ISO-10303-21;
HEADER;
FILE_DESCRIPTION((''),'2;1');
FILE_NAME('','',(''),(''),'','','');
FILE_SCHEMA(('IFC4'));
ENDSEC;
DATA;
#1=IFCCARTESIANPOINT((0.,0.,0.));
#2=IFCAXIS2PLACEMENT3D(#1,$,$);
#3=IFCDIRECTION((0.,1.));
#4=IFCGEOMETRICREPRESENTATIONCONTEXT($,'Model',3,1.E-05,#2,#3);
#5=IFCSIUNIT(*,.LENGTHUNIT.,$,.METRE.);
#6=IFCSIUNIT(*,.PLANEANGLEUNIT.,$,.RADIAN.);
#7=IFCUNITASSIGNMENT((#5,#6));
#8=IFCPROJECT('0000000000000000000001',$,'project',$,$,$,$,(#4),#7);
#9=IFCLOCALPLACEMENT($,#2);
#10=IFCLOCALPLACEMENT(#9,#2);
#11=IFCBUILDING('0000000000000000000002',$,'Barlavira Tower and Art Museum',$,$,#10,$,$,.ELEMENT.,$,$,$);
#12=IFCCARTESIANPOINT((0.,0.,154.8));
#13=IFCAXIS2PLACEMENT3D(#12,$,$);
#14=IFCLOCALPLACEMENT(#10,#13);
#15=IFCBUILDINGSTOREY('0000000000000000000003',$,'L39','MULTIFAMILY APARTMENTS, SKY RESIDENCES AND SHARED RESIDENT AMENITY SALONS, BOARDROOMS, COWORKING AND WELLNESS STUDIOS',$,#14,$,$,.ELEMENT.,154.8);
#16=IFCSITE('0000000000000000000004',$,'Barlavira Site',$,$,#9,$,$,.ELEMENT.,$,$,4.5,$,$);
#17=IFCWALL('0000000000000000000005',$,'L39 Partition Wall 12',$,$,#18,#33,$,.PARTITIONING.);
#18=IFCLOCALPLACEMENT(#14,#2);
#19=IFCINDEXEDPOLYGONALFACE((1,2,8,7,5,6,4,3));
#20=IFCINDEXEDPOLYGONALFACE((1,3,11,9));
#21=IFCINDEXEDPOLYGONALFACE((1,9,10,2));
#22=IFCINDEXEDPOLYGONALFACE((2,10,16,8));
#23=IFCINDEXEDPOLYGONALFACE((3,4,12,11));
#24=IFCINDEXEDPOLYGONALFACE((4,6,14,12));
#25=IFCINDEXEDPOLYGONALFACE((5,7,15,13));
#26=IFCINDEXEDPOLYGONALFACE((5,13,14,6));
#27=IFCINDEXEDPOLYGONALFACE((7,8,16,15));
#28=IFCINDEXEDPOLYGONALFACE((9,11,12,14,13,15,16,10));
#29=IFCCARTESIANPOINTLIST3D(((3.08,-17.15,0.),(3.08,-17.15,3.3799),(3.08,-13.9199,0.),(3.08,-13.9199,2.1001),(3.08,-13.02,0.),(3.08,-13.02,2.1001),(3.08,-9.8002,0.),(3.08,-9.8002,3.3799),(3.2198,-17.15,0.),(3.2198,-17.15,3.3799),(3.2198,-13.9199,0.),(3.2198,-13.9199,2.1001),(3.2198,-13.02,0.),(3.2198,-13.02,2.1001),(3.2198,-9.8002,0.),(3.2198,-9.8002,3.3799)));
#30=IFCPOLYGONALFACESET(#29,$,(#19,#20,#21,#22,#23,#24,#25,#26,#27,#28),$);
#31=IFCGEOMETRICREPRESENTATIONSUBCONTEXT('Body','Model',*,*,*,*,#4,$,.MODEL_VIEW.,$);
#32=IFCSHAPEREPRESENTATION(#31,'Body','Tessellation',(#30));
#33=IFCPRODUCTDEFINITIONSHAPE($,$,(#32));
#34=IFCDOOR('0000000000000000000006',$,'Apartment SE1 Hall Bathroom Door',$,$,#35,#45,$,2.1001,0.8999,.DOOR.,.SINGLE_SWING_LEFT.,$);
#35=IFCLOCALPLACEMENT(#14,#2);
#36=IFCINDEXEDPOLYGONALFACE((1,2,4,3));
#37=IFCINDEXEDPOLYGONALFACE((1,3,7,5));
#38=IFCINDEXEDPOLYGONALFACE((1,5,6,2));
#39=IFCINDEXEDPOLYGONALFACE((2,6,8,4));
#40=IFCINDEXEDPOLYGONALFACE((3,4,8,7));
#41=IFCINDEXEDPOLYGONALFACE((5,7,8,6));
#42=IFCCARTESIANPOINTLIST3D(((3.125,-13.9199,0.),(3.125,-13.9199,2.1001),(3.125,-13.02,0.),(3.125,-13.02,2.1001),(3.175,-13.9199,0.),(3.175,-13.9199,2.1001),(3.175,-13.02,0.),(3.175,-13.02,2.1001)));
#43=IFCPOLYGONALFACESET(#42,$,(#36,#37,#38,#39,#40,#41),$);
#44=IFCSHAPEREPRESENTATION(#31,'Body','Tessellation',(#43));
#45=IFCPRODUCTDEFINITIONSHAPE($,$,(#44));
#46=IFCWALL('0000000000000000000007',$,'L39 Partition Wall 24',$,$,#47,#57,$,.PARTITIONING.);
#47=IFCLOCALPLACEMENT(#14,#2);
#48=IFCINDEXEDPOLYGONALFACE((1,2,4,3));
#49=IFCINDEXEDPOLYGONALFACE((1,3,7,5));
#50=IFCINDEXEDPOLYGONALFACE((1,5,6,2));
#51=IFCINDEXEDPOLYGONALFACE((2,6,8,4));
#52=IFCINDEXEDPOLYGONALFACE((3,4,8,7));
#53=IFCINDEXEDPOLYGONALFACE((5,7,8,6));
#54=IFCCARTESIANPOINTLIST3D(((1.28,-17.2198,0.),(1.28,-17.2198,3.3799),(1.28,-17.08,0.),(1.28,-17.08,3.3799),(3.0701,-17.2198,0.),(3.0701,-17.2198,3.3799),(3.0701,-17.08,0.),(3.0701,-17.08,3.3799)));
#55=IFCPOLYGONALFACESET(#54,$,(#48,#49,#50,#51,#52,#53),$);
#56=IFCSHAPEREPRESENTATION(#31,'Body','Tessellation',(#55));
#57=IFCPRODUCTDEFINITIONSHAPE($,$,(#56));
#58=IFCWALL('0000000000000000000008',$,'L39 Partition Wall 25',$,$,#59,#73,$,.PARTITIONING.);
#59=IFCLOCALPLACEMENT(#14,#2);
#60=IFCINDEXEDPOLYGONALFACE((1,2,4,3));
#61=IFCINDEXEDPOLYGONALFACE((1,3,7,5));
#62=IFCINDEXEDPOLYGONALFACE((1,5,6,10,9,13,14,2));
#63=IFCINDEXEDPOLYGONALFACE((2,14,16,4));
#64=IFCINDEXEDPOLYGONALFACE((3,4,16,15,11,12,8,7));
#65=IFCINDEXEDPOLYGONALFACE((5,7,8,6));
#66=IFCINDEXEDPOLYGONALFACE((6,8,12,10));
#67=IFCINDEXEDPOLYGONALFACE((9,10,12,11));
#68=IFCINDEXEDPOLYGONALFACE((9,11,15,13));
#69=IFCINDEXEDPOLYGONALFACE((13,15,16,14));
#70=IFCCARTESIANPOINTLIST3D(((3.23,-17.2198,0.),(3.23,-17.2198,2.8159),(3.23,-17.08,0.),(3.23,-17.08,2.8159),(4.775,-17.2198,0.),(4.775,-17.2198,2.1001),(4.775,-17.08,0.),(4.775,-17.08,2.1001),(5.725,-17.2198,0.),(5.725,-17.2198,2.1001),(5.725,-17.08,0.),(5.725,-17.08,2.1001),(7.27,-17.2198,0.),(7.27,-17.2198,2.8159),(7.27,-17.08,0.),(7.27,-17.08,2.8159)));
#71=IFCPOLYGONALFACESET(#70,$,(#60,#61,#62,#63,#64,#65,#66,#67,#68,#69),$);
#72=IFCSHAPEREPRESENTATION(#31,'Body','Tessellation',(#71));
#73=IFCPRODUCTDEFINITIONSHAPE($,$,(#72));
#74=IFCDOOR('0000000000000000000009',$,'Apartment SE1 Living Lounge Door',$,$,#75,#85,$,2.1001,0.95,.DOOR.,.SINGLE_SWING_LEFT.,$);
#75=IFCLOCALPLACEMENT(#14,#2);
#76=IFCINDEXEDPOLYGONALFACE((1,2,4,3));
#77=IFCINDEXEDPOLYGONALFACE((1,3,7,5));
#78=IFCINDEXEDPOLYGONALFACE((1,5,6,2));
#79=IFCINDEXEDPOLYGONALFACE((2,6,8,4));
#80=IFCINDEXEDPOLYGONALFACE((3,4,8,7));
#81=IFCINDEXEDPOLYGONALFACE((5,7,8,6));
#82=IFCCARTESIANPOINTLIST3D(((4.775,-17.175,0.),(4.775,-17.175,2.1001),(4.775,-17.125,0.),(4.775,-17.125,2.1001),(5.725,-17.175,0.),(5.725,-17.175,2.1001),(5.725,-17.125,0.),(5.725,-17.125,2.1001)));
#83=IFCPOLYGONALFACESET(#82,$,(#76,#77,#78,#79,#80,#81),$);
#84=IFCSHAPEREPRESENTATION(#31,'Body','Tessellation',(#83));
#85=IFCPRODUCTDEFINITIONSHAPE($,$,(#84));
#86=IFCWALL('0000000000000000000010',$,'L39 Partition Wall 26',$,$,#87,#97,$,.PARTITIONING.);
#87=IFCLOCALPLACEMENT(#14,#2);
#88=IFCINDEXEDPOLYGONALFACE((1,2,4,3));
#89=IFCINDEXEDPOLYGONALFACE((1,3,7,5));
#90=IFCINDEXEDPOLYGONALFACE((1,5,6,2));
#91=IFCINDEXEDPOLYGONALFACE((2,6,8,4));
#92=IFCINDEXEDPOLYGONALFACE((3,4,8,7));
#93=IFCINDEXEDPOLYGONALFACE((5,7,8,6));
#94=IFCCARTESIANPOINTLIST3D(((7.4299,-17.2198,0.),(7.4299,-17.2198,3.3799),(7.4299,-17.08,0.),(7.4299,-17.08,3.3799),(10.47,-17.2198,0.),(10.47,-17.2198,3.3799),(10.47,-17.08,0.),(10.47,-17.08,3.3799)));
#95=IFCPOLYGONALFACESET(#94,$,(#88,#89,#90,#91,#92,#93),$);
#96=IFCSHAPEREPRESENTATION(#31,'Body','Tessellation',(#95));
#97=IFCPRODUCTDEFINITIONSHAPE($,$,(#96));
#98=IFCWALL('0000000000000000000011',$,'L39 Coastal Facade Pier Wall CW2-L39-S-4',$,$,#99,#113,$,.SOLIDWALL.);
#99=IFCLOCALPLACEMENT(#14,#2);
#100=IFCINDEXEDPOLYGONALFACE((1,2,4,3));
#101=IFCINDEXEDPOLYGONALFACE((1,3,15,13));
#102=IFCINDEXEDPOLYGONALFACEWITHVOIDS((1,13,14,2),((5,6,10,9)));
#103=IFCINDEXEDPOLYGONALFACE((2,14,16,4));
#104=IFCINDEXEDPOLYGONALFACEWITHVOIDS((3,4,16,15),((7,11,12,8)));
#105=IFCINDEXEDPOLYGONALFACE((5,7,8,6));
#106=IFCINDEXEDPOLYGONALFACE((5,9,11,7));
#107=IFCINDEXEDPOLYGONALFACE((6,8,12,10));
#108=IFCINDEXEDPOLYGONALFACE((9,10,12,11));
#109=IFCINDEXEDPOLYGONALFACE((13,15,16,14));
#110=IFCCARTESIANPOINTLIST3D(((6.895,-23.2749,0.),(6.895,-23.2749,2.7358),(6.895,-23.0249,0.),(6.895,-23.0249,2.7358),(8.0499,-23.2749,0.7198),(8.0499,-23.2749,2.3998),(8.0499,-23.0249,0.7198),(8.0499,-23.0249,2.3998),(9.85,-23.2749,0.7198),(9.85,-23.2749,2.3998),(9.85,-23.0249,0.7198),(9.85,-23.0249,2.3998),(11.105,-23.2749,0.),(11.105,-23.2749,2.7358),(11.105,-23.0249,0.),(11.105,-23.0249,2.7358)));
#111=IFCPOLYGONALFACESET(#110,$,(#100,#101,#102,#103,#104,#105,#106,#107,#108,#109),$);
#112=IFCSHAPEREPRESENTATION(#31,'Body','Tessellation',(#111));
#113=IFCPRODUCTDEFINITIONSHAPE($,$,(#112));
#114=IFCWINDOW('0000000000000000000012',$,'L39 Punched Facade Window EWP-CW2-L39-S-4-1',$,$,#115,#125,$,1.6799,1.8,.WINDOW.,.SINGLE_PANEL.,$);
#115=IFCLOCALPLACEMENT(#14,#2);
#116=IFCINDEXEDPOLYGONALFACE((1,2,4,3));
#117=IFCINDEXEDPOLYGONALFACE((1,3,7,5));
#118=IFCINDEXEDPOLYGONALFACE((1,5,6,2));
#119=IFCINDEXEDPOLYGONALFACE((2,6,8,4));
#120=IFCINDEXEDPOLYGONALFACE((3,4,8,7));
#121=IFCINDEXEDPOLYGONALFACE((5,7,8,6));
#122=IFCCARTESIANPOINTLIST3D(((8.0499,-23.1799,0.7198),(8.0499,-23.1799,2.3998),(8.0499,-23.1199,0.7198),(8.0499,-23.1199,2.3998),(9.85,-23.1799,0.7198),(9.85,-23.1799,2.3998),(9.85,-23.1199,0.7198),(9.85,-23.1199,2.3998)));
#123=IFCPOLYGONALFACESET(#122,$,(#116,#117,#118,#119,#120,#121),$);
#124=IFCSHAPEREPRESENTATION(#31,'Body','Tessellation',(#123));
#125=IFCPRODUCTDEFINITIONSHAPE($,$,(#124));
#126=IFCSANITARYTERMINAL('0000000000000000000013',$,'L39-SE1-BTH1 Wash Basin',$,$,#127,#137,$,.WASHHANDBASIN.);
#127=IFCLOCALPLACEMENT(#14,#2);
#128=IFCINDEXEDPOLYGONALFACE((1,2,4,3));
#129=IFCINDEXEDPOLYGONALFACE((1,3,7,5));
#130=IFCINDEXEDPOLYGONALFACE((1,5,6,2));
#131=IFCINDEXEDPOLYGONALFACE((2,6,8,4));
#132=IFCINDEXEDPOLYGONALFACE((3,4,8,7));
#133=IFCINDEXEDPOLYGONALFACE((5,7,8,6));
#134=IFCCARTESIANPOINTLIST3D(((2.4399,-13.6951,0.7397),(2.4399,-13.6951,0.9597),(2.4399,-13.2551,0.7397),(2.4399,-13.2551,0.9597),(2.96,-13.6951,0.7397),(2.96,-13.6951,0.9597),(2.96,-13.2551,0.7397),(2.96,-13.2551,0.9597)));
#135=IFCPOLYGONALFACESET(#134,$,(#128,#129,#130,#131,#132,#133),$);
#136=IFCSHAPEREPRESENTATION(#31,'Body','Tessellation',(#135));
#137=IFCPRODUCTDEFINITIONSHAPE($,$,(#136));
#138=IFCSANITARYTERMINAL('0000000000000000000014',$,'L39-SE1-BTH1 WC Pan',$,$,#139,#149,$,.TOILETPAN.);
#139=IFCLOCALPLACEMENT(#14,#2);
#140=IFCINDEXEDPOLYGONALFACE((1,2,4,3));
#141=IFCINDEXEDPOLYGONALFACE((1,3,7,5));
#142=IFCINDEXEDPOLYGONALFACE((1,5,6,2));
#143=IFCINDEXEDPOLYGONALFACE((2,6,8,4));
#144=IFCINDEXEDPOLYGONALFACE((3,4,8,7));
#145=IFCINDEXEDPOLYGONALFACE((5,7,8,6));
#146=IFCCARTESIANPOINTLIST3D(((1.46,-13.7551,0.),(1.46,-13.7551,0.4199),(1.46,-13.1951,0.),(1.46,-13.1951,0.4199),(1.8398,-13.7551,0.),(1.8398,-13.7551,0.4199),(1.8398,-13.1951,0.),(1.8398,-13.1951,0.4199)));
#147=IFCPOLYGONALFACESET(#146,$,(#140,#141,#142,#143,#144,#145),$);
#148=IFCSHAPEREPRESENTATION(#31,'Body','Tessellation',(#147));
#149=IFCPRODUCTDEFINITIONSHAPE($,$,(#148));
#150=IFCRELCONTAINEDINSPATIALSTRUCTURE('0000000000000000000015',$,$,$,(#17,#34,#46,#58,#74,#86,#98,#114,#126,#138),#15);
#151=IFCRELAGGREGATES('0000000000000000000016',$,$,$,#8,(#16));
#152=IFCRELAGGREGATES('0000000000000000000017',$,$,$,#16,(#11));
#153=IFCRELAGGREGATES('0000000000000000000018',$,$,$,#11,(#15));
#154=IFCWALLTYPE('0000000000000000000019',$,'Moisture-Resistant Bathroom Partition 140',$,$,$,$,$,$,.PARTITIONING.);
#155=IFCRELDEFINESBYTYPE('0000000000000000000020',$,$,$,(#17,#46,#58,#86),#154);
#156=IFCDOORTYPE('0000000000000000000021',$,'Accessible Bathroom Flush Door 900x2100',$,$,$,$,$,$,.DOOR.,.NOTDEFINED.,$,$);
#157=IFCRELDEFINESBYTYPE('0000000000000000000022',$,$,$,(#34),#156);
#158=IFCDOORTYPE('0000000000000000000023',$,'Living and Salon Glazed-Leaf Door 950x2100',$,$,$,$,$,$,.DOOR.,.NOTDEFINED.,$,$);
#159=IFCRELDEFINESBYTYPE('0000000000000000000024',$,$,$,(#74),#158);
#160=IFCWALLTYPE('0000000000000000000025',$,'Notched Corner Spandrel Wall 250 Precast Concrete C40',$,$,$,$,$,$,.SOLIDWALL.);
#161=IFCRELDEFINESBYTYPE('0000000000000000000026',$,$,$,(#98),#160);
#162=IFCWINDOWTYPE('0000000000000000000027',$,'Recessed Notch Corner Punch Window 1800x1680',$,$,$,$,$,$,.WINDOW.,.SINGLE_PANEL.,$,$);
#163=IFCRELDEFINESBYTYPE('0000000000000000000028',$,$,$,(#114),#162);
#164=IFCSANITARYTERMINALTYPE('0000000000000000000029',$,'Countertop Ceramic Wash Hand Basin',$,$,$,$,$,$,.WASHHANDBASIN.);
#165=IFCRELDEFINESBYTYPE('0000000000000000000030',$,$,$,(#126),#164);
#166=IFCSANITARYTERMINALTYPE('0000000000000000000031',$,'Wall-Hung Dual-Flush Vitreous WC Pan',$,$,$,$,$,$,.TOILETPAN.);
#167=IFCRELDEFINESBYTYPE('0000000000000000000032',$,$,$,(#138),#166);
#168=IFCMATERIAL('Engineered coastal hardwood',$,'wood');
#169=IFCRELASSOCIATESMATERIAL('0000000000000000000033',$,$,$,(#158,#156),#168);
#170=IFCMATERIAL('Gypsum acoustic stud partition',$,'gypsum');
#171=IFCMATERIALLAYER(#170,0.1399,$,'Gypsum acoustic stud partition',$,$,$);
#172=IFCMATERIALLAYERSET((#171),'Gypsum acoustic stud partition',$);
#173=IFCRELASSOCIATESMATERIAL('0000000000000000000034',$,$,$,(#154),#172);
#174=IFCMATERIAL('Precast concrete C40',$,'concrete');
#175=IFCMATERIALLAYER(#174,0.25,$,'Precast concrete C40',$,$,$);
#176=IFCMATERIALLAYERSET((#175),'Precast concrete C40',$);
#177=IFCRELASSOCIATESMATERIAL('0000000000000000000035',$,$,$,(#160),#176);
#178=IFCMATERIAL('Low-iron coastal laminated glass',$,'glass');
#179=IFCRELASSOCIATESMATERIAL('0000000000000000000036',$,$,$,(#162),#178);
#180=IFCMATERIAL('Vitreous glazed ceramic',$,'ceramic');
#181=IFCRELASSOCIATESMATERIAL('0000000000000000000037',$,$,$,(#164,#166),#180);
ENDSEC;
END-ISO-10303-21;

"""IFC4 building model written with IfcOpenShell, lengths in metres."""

from ifc_helpers import new_model, si_unit, direction, frame, frame_2d, origin, origin_2d, place, context, subcontext, project, spatial, rectangle, extrude, material, layer, layer_set, type_object, element, fill, save


model = new_model("IFC4")

# Units and contexts
model_context = context("Model", 3, precision=1e-05, world=origin(), true_north=direction((0.0, 1.0)))
body_context = subcontext(model_context, "Body", "Model", "MODEL_VIEW")
ifc_project = project(units=[si_unit("LENGTHUNIT", "METRE"), si_unit("PLANEANGLEUNIT", "RADIAN")], contexts=[model_context])

# Site, building, storey
site_placement = place(None, origin())
site = spatial("IfcSite", under=ifc_project, at=site_placement, Name="Barlavira Site", CompositionType="ELEMENT", RefElevation=4.5)
building_placement = place(site_placement, origin())
building = spatial("IfcBuilding", under=site, at=building_placement, Name="Barlavira Tower and Art Museum", CompositionType="ELEMENT")
storey_placement = place(building_placement, frame((0.0, 0.0, 154.8)))
storey = spatial("IfcBuildingStorey", under=building, at=storey_placement, Name="L39", Description="MULTIFAMILY APARTMENTS, SKY RESIDENCES AND SHARED RESIDENT AMENITY SALONS, BOARDROOMS, COWORKING AND WELLNESS STUDIOS", CompositionType="ELEMENT", Elevation=154.8)

# Shared definitions
ifc_material_1 = material(Name="Low-iron coastal laminated glass", Category="glass")

# Shared definitions
ifc_material_2 = material(Name="Gypsum acoustic stud partition", Category="gypsum")
ifc_material_3 = material(Name="Engineered coastal hardwood", Category="wood")
door_type_1 = type_object("IfcDoorType", Name="Living and Salon Glazed-Leaf Door 950x2100", OperationType="NOTDEFINED", PredefinedType="DOOR", material=ifc_material_3)

# Wall, opening, door
ifc_layer_1 = layer(ifc_material_2, 0.1399, Name="Gypsum acoustic stud partition")
ifc_layer_set_1 = layer_set([ifc_layer_1], Name="Gypsum acoustic stud partition")
wall_type_1 = type_object("IfcWallType", Name="Moisture-Resistant Bathroom Partition 140", PredefinedType="PARTITIONING", material=ifc_layer_set_1)
wall_1_placement = place(storey_placement, frame((3.1499, -17.1499, 0.0), z_axis=(0.0, 0.0, 1.0), x_axis=(0.0, 1.0, 0.0)))
wall_1 = element("IfcWall", 1, at=wall_1_placement, inside=storey, type_object=wall_type_1, Name="L39 Partition Wall 12", PredefinedType="PARTITIONING", context=body_context, shape_type="SweptSolid", body=[
    extrude(rectangle(XDim=7.3499, YDim=0.1399, at=frame_2d((3.6748, 0.0))), origin(), (0.0, 0.0, 1.0), 3.3799),
])
opening_1_placement = place(wall_1_placement, frame((3.23, 0.0, 0.0)))
opening_1 = element("IfcOpeningElement", 2, at=opening_1_placement, cuts=wall_1, PredefinedType="OPENING", context=body_context, shape_type="SweptSolid", body=[
    extrude(rectangle(XDim=0.8999, YDim=2.1001, at=frame_2d((0.45, 1.05))), frame((0.0, 0.0801, 0.0), z_axis=(0.0, -1.0, 0.0), x_axis=(1.0, 0.0, 0.0)), (0.0, 0.0, 1.0), 0.1599),
])
door_type_2 = type_object("IfcDoorType", Name="Accessible Bathroom Flush Door 900x2100", OperationType="NOTDEFINED", PredefinedType="DOOR", material=ifc_material_3)
door_1_placement = place(opening_1_placement, origin())
door_1 = element("IfcDoor", 3, at=door_1_placement, inside=storey, type_object=door_type_2, Name="Apartment SE1 Hall Bathroom Door", OperationType="SINGLE_SWING_LEFT", OverallHeight=2.1001, OverallWidth=0.8999, PredefinedType="DOOR", context=body_context, shape_type="SweptSolid", body=[
    extrude(rectangle(XDim=0.8999, YDim=2.1001, at=frame_2d((0.45, 1.05))), frame((0.0, 0.0249, 0.0), z_axis=(0.0, -1.0, 0.0), x_axis=(1.0, 0.0, 0.0)), (0.0, 0.0, 1.0), 0.05),
])
fill(opening_1, door_1)

# Wall
wall_2_placement = place(storey_placement, frame((1.28, -17.1499, 0.0), z_axis=(0.0, 0.0, 1.0), x_axis=(1.0, 0.0, 0.0)))
element("IfcWall", 4, at=wall_2_placement, inside=storey, type_object=wall_type_1, Name="L39 Partition Wall 24", PredefinedType="PARTITIONING", context=body_context, shape_type="SweptSolid", body=[
    extrude(rectangle(XDim=1.79, YDim=0.1399, at=frame_2d((0.895, 0.0))), origin(), (0.0, 0.0, 1.0), 3.3799),
])

# Wall, opening, door
wall_3_placement = place(storey_placement, frame((3.23, -17.1499, 0.0), z_axis=(0.0, 0.0, 1.0), x_axis=(1.0, 0.0, 0.0)))
wall_3 = element("IfcWall", 5, at=wall_3_placement, inside=storey, type_object=wall_type_1, Name="L39 Partition Wall 25", PredefinedType="PARTITIONING", context=body_context, shape_type="SweptSolid", body=[
    extrude(rectangle(XDim=4.04, YDim=0.1399, at=frame_2d((2.02, 0.0))), origin(), (0.0, 0.0, 1.0), 2.8159),
])
opening_2_placement = place(wall_3_placement, frame((1.5449, 0.0, 0.0)))
opening_2 = element("IfcOpeningElement", 6, at=opening_2_placement, cuts=wall_3, PredefinedType="OPENING", context=body_context, shape_type="SweptSolid", body=[
    extrude(rectangle(XDim=0.95, YDim=2.1001, at=frame_2d((0.4751, 1.05))), frame((0.0, 0.0801, 0.0), z_axis=(0.0, -1.0, 0.0), x_axis=(1.0, 0.0, 0.0)), (0.0, 0.0, 1.0), 0.1599),
])
door_2_placement = place(opening_2_placement, origin())
door_2 = element("IfcDoor", 7, at=door_2_placement, inside=storey, type_object=door_type_1, Name="Apartment SE1 Living Lounge Door", OperationType="SINGLE_SWING_LEFT", OverallHeight=2.1001, OverallWidth=0.95, PredefinedType="DOOR", context=body_context, shape_type="SweptSolid", body=[
    extrude(rectangle(XDim=0.95, YDim=2.1001, at=frame_2d((0.4751, 1.05))), frame((0.0, 0.0249, 0.0), z_axis=(0.0, -1.0, 0.0), x_axis=(1.0, 0.0, 0.0)), (0.0, 0.0, 1.0), 0.05),
])
fill(opening_2, door_2)

# Wall
wall_4_placement = place(storey_placement, frame((7.4299, -17.1499, 0.0), z_axis=(0.0, 0.0, 1.0), x_axis=(1.0, 0.0, 0.0)))
element("IfcWall", 8, at=wall_4_placement, inside=storey, type_object=wall_type_1, Name="L39 Partition Wall 26", PredefinedType="PARTITIONING", context=body_context, shape_type="SweptSolid", body=[
    extrude(rectangle(XDim=3.04, YDim=0.1399, at=frame_2d((1.52, 0.0))), origin(), (0.0, 0.0, 1.0), 3.3799),
])

# Wall, opening, window
ifc_material_4 = material(Name="Precast concrete C40", Category="concrete")
ifc_layer_2 = layer(ifc_material_4, 0.25, Name="Precast concrete C40")
ifc_layer_set_2 = layer_set([ifc_layer_2], Name="Precast concrete C40")
wall_type_2 = type_object("IfcWallType", Name="Notched Corner Spandrel Wall 250 Precast Concrete C40", PredefinedType="SOLIDWALL", material=ifc_layer_set_2)
wall_5_placement = place(storey_placement, frame((6.895, -23.1499, 0.0), z_axis=(0.0, 0.0, 1.0), x_axis=(1.0, 0.0, 0.0)))
wall_5 = element("IfcWall", 9, at=wall_5_placement, inside=storey, type_object=wall_type_2, Name="L39 Coastal Facade Pier Wall CW2-L39-S-4", PredefinedType="SOLIDWALL", context=body_context, shape_type="SweptSolid", body=[
    extrude(rectangle(XDim=4.21, YDim=0.25, at=frame_2d((2.105, 0.0))), origin(), (0.0, 0.0, 1.0), 2.7358),
])
opening_3_placement = place(wall_5_placement, frame((1.155, 0.0, 0.72)))
opening_3 = element("IfcOpeningElement", 10, at=opening_3_placement, cuts=wall_5, PredefinedType="OPENING", context=body_context, shape_type="SweptSolid", body=[
    extrude(rectangle(XDim=1.8, YDim=1.6799, at=frame_2d((0.8999, 0.8398))), frame((0.0, 0.135, 0.0), z_axis=(0.0, -1.0, 0.0), x_axis=(1.0, 0.0, 0.0)), (0.0, 0.0, 1.0), 0.27),
])
window_type = type_object("IfcWindowType", Name="Recessed Notch Corner Punch Window 1800x1680", PartitioningType="SINGLE_PANEL", PredefinedType="WINDOW", material=ifc_material_1)
window_placement = place(opening_3_placement, origin())
window = element("IfcWindow", 11, at=window_placement, inside=storey, type_object=window_type, Name="L39 Punched Facade Window EWP-CW2-L39-S-4-1", OverallHeight=1.6799, OverallWidth=1.8, PartitioningType="SINGLE_PANEL", PredefinedType="WINDOW", context=body_context, shape_type="SweptSolid", body=[
    extrude(rectangle(XDim=1.8, YDim=1.6799, at=frame_2d((0.8999, 0.8398))), frame((0.0, 0.03, 0.0), z_axis=(0.0, -1.0, 0.0), x_axis=(1.0, 0.0, 0.0)), (0.0, 0.0, 1.0), 0.0601),
])
fill(opening_3, window)

# Sanitary terminals
ifc_material_5 = material(Name="Vitreous glazed ceramic", Category="ceramic")
sanitary_terminal_type_1 = type_object("IfcSanitaryTerminalType", Name="Countertop Ceramic Wash Hand Basin", PredefinedType="WASHHANDBASIN", material=ifc_material_5)
sanitary_terminal_1_placement = place(storey_placement, frame((2.7, -13.4751, 0.7397), z_axis=(0.0, 0.0, 1.0), x_axis=(1.0, 0.0, 0.0)))
element("IfcSanitaryTerminal", 12, at=sanitary_terminal_1_placement, inside=storey, type_object=sanitary_terminal_type_1, Name="L39-SE1-BTH1 Wash Basin", PredefinedType="WASHHANDBASIN", context=body_context, shape_type="SweptSolid", body=[
    extrude(rectangle(XDim=0.52, YDim=0.4399, at=origin_2d()), origin(), (0.0, 0.0, 1.0), 0.22),
])
sanitary_terminal_type_2 = type_object("IfcSanitaryTerminalType", Name="Wall-Hung Dual-Flush Vitreous WC Pan", PredefinedType="TOILETPAN", material=ifc_material_5)
sanitary_terminal_2_placement = place(storey_placement, frame((1.6499, -13.4751, 0.0), z_axis=(0.0, 0.0, 1.0), x_axis=(1.0, 0.0, 0.0)))
element("IfcSanitaryTerminal", 13, at=sanitary_terminal_2_placement, inside=storey, type_object=sanitary_terminal_type_2, Name="L39-SE1-BTH1 WC Pan", PredefinedType="TOILETPAN", context=body_context, shape_type="SweptSolid", body=[
    extrude(rectangle(XDim=0.3799, YDim=0.5601, at=origin_2d()), origin(), (0.0, 0.0, 1.0), 0.4199),
])

save(model, "model.ifc")
